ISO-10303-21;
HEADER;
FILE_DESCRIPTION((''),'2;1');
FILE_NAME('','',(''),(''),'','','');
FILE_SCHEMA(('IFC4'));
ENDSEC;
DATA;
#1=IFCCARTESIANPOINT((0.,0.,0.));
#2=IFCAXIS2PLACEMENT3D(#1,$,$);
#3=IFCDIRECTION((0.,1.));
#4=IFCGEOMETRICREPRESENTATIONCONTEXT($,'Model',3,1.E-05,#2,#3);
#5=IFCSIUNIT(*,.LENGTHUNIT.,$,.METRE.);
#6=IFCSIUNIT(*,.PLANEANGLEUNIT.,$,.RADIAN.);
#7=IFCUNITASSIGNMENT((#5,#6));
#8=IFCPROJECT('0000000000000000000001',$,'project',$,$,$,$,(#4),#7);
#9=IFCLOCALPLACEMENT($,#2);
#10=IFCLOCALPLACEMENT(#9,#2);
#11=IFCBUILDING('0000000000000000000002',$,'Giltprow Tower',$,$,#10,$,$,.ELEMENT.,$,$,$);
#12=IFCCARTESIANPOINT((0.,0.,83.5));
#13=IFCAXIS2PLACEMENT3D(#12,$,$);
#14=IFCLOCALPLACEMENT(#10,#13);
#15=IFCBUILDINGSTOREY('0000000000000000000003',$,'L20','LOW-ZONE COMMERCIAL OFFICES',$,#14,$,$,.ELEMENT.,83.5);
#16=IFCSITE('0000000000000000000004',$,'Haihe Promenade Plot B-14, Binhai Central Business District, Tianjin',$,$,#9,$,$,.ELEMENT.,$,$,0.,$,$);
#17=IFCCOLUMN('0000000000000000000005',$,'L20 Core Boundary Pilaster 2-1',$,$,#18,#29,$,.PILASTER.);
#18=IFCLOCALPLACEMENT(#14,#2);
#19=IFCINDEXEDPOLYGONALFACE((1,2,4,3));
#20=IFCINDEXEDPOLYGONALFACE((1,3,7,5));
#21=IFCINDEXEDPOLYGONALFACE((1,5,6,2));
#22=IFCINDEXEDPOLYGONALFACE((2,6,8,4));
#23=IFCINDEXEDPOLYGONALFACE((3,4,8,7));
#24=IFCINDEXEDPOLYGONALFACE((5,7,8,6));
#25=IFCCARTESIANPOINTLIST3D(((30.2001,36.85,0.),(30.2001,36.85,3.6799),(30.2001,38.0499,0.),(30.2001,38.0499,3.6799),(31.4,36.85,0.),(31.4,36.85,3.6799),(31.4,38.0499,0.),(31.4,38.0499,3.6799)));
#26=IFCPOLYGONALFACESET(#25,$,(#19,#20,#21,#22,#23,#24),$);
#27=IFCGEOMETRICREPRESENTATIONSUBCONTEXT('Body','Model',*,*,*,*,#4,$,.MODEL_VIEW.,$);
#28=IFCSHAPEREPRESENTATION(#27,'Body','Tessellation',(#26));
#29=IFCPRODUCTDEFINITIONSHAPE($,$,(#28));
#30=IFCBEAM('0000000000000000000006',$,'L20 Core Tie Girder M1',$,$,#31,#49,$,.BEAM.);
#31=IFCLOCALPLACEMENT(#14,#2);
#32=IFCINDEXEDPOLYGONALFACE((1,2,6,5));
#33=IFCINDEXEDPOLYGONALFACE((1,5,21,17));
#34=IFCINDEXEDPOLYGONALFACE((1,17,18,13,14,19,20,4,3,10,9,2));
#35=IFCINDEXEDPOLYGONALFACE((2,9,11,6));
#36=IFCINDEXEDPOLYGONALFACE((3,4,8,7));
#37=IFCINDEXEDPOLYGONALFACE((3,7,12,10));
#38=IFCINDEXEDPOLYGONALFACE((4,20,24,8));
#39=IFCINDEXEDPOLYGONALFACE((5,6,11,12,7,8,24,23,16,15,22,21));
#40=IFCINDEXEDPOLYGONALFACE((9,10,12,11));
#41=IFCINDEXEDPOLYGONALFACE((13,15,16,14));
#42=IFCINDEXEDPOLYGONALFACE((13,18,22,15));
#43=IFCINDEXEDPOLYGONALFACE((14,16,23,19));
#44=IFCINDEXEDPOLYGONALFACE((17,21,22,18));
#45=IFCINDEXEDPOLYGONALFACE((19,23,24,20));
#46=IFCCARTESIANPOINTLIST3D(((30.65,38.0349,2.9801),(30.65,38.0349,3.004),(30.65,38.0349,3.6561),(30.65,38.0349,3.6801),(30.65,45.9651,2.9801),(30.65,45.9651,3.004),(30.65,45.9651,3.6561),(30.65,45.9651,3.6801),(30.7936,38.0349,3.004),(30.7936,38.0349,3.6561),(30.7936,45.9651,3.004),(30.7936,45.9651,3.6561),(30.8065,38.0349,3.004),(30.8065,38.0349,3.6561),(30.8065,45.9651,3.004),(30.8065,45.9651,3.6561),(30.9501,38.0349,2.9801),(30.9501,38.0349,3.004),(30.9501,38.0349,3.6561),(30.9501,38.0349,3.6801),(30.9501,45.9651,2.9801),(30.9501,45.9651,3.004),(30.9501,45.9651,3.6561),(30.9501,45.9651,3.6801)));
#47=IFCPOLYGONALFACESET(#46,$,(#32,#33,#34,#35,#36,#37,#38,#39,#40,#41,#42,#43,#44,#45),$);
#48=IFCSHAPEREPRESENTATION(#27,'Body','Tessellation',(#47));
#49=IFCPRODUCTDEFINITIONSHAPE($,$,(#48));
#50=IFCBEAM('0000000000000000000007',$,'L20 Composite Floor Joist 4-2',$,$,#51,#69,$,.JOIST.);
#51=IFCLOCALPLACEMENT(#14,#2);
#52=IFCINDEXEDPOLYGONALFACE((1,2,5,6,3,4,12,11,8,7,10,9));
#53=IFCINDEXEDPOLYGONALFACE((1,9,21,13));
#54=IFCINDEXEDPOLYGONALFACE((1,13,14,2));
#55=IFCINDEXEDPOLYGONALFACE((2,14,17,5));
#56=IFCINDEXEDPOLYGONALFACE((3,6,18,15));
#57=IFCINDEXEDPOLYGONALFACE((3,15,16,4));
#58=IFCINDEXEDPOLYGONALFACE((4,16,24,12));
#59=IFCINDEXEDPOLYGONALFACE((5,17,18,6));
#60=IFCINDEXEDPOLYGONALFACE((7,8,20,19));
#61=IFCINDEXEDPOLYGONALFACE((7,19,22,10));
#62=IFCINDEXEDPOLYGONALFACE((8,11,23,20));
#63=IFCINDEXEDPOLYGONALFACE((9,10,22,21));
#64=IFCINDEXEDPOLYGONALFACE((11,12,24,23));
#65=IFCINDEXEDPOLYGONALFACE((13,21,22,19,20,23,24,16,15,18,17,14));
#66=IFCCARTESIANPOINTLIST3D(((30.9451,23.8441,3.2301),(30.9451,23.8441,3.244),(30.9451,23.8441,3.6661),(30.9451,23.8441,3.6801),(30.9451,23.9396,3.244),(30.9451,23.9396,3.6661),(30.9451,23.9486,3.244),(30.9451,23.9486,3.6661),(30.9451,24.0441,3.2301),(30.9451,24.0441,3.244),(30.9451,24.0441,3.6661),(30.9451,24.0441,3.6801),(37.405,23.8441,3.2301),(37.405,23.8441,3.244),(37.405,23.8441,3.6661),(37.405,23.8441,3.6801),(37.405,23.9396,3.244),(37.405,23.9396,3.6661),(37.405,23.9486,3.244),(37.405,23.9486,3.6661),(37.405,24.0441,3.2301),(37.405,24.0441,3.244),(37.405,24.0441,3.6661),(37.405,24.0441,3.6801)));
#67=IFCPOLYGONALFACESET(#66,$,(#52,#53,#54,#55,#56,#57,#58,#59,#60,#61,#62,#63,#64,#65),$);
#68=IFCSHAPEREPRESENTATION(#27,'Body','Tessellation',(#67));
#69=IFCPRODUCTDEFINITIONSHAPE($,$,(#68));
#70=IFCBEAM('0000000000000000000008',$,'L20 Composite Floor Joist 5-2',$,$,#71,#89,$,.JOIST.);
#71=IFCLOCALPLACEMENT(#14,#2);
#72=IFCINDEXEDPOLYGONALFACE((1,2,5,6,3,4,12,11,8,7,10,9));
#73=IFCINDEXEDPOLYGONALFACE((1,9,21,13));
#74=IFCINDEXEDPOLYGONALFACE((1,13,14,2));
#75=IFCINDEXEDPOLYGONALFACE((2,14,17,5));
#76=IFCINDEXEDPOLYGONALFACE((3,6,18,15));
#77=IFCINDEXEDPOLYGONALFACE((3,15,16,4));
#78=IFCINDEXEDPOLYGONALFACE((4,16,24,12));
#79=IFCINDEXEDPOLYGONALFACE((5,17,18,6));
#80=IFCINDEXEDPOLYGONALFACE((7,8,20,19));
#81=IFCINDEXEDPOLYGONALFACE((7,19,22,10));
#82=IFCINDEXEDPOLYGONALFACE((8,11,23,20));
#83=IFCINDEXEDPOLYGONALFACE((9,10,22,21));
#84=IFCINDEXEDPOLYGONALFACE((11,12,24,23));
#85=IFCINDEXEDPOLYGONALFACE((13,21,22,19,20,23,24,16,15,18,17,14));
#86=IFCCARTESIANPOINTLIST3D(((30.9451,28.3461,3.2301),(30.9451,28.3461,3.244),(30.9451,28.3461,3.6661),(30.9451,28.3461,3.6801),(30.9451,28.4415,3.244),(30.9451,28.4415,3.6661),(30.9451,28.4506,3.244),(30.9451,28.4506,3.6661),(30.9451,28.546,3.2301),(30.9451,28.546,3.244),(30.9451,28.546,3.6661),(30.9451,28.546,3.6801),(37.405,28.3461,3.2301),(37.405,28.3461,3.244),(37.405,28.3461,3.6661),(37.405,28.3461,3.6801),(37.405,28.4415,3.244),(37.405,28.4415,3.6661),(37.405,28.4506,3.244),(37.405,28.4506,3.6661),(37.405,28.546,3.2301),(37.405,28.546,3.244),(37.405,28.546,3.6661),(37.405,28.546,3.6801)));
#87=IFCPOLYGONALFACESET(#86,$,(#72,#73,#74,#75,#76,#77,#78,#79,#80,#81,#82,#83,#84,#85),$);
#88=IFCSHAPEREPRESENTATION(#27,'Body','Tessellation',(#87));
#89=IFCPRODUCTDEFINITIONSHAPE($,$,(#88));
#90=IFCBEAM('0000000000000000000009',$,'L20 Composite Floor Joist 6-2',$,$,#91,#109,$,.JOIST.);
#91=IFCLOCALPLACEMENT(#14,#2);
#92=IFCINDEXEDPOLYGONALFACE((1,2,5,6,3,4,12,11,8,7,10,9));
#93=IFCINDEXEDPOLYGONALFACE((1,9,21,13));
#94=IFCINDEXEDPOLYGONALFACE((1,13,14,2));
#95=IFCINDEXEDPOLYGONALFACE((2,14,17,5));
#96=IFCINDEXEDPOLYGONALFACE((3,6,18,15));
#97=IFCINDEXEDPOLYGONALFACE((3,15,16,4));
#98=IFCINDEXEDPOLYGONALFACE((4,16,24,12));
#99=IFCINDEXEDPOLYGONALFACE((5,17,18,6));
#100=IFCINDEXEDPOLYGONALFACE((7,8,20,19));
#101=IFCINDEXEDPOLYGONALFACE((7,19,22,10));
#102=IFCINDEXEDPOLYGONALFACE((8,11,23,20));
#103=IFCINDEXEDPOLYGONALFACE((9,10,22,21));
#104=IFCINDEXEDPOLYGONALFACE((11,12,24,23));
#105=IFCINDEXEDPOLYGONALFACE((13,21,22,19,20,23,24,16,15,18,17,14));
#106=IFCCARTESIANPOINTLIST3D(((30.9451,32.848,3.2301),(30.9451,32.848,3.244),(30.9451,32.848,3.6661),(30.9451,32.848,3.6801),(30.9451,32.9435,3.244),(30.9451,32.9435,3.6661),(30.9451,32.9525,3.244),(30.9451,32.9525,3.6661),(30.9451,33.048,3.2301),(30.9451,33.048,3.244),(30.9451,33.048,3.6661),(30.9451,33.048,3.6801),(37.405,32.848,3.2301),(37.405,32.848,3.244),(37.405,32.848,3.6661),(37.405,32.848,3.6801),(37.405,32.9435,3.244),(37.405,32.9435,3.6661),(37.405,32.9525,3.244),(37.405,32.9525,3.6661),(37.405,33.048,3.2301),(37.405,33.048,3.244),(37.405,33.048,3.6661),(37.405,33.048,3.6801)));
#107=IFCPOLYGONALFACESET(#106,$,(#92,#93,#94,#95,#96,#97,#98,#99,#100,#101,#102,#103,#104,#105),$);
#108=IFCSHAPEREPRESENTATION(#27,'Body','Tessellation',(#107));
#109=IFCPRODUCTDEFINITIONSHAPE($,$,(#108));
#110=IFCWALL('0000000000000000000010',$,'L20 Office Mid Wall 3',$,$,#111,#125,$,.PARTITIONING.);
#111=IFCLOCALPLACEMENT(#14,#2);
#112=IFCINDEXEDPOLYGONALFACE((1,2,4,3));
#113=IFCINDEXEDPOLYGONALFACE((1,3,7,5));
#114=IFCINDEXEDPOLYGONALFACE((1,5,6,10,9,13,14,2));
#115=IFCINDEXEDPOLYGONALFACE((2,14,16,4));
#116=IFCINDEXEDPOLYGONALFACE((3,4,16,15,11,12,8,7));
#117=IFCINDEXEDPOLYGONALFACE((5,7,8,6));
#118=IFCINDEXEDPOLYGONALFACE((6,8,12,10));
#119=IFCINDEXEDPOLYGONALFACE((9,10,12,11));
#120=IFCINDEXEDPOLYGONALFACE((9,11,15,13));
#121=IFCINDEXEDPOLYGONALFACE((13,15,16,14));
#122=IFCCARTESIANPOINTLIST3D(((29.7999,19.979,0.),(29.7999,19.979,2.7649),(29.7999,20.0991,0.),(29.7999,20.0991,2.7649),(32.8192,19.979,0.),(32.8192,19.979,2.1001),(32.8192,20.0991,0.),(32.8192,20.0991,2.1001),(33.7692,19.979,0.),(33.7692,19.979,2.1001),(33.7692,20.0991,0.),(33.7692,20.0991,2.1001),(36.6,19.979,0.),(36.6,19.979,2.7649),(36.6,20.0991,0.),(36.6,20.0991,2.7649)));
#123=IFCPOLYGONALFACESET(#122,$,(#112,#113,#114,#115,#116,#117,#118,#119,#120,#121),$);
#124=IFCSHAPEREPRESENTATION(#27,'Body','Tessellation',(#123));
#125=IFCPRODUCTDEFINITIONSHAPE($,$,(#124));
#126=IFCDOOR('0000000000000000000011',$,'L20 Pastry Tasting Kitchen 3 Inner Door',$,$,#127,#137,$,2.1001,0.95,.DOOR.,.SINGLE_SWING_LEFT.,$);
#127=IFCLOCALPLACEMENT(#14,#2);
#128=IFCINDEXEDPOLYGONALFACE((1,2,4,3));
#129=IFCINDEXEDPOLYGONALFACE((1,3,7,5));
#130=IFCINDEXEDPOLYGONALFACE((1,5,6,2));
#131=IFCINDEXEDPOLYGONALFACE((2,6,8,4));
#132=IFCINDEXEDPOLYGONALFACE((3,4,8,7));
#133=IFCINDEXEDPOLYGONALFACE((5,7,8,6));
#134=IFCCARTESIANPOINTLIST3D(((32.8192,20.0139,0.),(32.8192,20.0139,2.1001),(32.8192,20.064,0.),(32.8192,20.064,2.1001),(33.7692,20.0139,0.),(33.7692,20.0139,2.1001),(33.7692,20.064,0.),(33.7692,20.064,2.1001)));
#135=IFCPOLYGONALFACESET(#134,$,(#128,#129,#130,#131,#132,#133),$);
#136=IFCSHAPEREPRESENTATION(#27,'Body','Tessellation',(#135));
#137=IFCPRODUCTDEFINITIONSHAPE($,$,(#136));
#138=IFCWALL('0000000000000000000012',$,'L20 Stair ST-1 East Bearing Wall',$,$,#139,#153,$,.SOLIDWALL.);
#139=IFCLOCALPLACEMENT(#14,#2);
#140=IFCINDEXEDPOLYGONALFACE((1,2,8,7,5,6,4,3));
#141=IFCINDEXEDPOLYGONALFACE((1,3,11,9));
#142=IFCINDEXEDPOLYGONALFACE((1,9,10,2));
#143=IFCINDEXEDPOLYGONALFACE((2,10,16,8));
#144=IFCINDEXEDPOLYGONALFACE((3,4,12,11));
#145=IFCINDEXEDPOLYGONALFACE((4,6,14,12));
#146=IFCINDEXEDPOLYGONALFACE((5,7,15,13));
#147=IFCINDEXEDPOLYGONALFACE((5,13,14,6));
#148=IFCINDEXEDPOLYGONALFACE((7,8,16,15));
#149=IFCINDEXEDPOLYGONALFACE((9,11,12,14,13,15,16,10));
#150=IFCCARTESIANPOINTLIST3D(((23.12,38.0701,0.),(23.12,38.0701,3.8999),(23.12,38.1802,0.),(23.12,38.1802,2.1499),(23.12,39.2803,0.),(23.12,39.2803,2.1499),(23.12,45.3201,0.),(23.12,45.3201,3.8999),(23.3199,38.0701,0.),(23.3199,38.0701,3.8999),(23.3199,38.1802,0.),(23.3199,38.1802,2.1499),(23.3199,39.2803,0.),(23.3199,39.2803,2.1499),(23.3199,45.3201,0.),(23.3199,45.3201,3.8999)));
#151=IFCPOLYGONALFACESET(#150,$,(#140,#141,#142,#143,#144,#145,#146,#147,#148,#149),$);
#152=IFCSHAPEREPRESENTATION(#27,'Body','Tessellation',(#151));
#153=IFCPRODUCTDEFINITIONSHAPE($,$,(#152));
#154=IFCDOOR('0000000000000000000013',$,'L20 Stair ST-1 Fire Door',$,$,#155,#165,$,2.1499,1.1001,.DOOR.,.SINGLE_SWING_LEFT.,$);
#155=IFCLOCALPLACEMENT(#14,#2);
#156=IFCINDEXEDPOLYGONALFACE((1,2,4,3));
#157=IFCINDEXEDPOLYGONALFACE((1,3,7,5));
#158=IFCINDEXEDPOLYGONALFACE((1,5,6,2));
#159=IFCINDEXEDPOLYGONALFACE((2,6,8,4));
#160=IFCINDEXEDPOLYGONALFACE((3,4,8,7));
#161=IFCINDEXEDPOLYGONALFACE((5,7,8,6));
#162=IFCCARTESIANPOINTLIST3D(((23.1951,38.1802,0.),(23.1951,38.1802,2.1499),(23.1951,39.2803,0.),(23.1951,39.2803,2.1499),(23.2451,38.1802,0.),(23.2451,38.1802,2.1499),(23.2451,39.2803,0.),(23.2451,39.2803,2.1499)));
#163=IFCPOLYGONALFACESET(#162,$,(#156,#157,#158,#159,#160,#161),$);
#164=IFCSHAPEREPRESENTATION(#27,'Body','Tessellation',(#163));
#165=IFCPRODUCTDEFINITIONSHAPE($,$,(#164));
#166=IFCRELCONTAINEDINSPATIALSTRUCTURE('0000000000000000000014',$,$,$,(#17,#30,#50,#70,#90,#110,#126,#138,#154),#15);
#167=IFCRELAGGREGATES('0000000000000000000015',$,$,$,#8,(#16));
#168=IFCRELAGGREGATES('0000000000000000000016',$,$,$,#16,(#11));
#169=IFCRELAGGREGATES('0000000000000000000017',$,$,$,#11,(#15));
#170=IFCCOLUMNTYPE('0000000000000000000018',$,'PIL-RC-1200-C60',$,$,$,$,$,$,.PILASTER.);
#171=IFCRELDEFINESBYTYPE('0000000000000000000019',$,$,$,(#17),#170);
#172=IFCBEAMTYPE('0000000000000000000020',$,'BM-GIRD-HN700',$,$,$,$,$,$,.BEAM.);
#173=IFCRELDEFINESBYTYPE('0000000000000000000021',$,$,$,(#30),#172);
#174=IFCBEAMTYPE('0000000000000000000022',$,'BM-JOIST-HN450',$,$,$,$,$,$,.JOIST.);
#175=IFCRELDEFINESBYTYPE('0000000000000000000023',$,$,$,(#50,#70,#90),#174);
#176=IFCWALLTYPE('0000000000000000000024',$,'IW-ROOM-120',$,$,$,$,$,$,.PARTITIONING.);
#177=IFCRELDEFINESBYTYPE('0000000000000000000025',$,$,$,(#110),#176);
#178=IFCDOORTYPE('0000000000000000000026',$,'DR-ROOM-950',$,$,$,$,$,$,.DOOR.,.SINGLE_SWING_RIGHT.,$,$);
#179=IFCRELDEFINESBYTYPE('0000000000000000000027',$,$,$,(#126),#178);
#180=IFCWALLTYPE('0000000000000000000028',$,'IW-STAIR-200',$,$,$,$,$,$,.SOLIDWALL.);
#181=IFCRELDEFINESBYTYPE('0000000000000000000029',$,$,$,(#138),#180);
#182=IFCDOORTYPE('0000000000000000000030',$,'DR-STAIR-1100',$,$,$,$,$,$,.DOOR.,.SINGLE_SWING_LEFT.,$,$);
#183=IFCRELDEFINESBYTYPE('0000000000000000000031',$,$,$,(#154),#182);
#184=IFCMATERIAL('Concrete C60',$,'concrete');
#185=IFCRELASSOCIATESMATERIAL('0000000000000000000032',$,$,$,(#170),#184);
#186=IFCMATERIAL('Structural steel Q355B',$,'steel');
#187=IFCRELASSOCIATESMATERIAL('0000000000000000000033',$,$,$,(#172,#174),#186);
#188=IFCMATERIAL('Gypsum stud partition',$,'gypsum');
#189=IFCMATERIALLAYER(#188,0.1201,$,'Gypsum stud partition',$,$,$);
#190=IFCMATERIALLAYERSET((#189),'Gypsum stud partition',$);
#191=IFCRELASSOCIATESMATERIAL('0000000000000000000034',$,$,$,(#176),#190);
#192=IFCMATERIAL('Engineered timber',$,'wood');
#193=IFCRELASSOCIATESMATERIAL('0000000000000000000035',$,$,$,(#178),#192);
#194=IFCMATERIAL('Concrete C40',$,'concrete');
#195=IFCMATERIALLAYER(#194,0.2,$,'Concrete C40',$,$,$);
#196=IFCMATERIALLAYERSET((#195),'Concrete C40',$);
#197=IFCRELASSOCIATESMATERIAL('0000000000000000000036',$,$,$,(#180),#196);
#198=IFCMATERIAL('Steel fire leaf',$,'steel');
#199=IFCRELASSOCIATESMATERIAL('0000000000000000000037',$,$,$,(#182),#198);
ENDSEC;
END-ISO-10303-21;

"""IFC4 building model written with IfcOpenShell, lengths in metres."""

from ifc_helpers import new_model, si_unit, direction, frame, frame_2d, origin, origin_2d, place, context, subcontext, project, spatial, rectangle, i_section, extrude, source, transform, mapped, material, layer, layer_set, material_profile, profile_set, type_object, element, fill, save


model = new_model("IFC4")

# Units and contexts
model_context = context("Model", 3, precision=1e-05, world=origin(), true_north=direction((0.0, 1.0)))
body_context = subcontext(model_context, "Body", "Model", "MODEL_VIEW")
ifc_project = project(units=[si_unit("LENGTHUNIT", "METRE"), si_unit("PLANEANGLEUNIT", "RADIAN")], contexts=[model_context])

# Site, building, storey
site_placement = place(None, origin())
site = spatial("IfcSite", under=ifc_project, at=site_placement, Name="Haihe Promenade Plot B-14, Binhai Central Business District, Tianjin", CompositionType="ELEMENT", RefElevation=0.0)
building_placement = place(site_placement, origin())
building = spatial("IfcBuilding", under=site, at=building_placement, Name="Giltprow Tower", CompositionType="ELEMENT")
storey_placement = place(building_placement, frame((0.0, 0.0, 83.5)))
storey = spatial("IfcBuildingStorey", under=building, at=storey_placement, Name="L20", Description="LOW-ZONE COMMERCIAL OFFICES", CompositionType="ELEMENT", Elevation=83.5)

# Column
ifc_material_1 = material(Name="Concrete C60", Category="concrete")
ifc_material_profile_1 = material_profile(ifc_material_1, rectangle(XDim=1.2, YDim=1.2, at=origin_2d()), Name="RC 1200x1200")
ifc_profile_set_1 = profile_set([ifc_material_profile_1], Name="Concrete C60")
column_type = type_object("IfcColumnType", Name="PIL-RC-1200-C60", PredefinedType="PILASTER", material=ifc_profile_set_1)
shared_shape_1 = source(origin(), body_context, "Body", "SweptSolid", [
    extrude(rectangle(XDim=1.2, YDim=1.2, at=origin_2d()), origin(), (0.0, 0.0, 1.0), 3.6799),
])
column_placement = place(storey_placement, frame((30.8, 37.45, 0.0), z_axis=(0.0, 0.0, 1.0), x_axis=(1.0, 0.0, 0.0)))
element("IfcColumn", 1, at=column_placement, inside=storey, type_object=column_type, Name="L20 Core Boundary Pilaster 2-1", PredefinedType="PILASTER", context=body_context, shape_type="MappedRepresentation", body=[
    mapped(shared_shape_1, transform((0.0, 0.0, 0.0), x_axis=(1.0, 0.0, 0.0), y_axis=(0.0, 1.0, 0.0), z_axis=(0.0, 0.0, 1.0), scale=1.0)),
])

# Beams
ifc_material_2 = material(Name="Structural steel Q355B", Category="steel")
ifc_material_profile_2 = material_profile(ifc_material_2, i_section(OverallWidth=0.3, OverallDepth=0.7, WebThickness=0.0129, FlangeThickness=0.0239, at=origin_2d()), Name="HN 700x300x13x24")
ifc_profile_set_2 = profile_set([ifc_material_profile_2], Name="Structural steel Q355B")
beam_type_1 = type_object("IfcBeamType", Name="BM-GIRD-HN700", PredefinedType="BEAM", material=ifc_profile_set_2)
shared_shape_2 = source(origin(), body_context, "Body", "SweptSolid", [
    extrude(i_section(OverallWidth=0.3, OverallDepth=0.7, WebThickness=0.0129, FlangeThickness=0.0239, at=origin_2d()), origin(), (0.0, 0.0, 1.0), 7.9302),
])
beam_placement = place(storey_placement, frame((30.8, 38.0349, 3.3301), z_axis=(0.0, 1.0, 0.0), x_axis=(-1.0, 0.0, 0.0)))
element("IfcBeam", 2, at=beam_placement, inside=storey, type_object=beam_type_1, Name="L20 Core Tie Girder M1", PredefinedType="BEAM", context=body_context, shape_type="MappedRepresentation", body=[
    mapped(shared_shape_2, transform((0.0, 0.0, 0.0), x_axis=(1.0, 0.0, 0.0), y_axis=(0.0, 1.0, 0.0), z_axis=(0.0, 0.0, 1.0), scale=1.0)),
])
ifc_material_profile_3 = material_profile(ifc_material_2, i_section(OverallWidth=0.2, OverallDepth=0.45, WebThickness=0.009, FlangeThickness=0.0139, at=origin_2d()), Name="HN 450x200x9x14")
ifc_profile_set_3 = profile_set([ifc_material_profile_3], Name="Structural steel Q355B")
beam_type_2 = type_object("IfcBeamType", Name="BM-JOIST-HN450", PredefinedType="JOIST", material=ifc_profile_set_3)
shared_shape_3 = source(origin(), body_context, "Body", "SweptSolid", [
    extrude(i_section(OverallWidth=0.2, OverallDepth=0.45, WebThickness=0.009, FlangeThickness=0.0139, at=origin_2d()), origin(), (0.0, 0.0, 1.0), 6.46),
])
for number, where, z_axis, x_axis, name in (
    (3, (30.9451, 23.9441, 3.4551), (1.0, 0.0, 0.0), (0.0, 1.0, 0.0), "L20 Composite Floor Joist 4-2"),
    (4, (30.9451, 28.446, 3.4551), (1.0, 0.0, 0.0), (0.0, 1.0, 0.0), "L20 Composite Floor Joist 5-2"),
    (5, (30.9451, 32.948, 3.4551), (1.0, 0.0, 0.0), (0.0, 1.0, 0.0), "L20 Composite Floor Joist 6-2"),
):
    element("IfcBeam", number, at=place(storey_placement, frame(where, z_axis=z_axis, x_axis=x_axis)), inside=storey, type_object=beam_type_2, Name=name, PredefinedType="JOIST", context=body_context, shape_type="MappedRepresentation", body=[
        mapped(shared_shape_3, transform((0.0, 0.0, 0.0), x_axis=(1.0, 0.0, 0.0), y_axis=(0.0, 1.0, 0.0), z_axis=(0.0, 0.0, 1.0), scale=1.0)),
    ])

# Walls, openings, doors
ifc_material_3 = material(Name="Gypsum stud partition", Category="gypsum")
ifc_layer_1 = layer(ifc_material_3, 0.1201, Name="Gypsum stud partition")
ifc_layer_set_1 = layer_set([ifc_layer_1], Name="Gypsum stud partition")
wall_type_1 = type_object("IfcWallType", Name="IW-ROOM-120", PredefinedType="PARTITIONING", material=ifc_layer_set_1)
wall_1_placement = place(storey_placement, frame((29.8, 20.0391, 0.0), z_axis=(0.0, 0.0, 1.0), x_axis=(1.0, 0.0, 0.0)))
wall_1 = element("IfcWall", 6, at=wall_1_placement, inside=storey, type_object=wall_type_1, Name="L20 Office Mid Wall 3", PredefinedType="PARTITIONING", context=body_context, shape_type="SweptSolid", body=[
    extrude(rectangle(XDim=6.8, YDim=0.1201, at=frame_2d((3.3999, 0.0))), origin(), (0.0, 0.0, 1.0), 2.7649),
])
opening_1_placement = place(wall_1_placement, frame((3.019, 0.0, 0.0)))
opening_1 = element("IfcOpeningElement", 7, at=opening_1_placement, cuts=wall_1, PredefinedType="OPENING", context=body_context, shape_type="SweptSolid", body=[
    extrude(rectangle(XDim=0.95, YDim=2.1001, at=frame_2d((0.4751, 1.05))), frame((0.0, 0.0701, 0.0), z_axis=(0.0, -1.0, 0.0), x_axis=(1.0, 0.0, 0.0)), (0.0, 0.0, 1.0), 0.1401),
])
ifc_material_4 = material(Name="Engineered timber", Category="wood")
door_type_1 = type_object("IfcDoorType", Name="DR-ROOM-950", OperationType="SINGLE_SWING_RIGHT", PredefinedType="DOOR", material=ifc_material_4)
shared_shape_4 = source(origin(), body_context, "Body", "SweptSolid", [
    extrude(rectangle(XDim=0.95, YDim=2.1001, at=frame_2d((0.4751, 1.05))), frame((0.0, 0.0249, 0.0), z_axis=(0.0, -1.0, 0.0), x_axis=(1.0, 0.0, 0.0)), (0.0, 0.0, 1.0), 0.05),
])
door_1_placement = place(opening_1_placement, origin())
door_1 = element("IfcDoor", 8, at=door_1_placement, inside=storey, type_object=door_type_1, Name="L20 Pastry Tasting Kitchen 3 Inner Door", OperationType="SINGLE_SWING_LEFT", OverallHeight=2.1001, OverallWidth=0.95, PredefinedType="DOOR", context=body_context, shape_type="MappedRepresentation", body=[
    mapped(shared_shape_4, transform((0.0, 0.0, 0.0), x_axis=(1.0, 0.0, 0.0), y_axis=(0.0, 1.0, 0.0), z_axis=(0.0, 0.0, 1.0), scale=1.0)),
])
fill(opening_1, door_1)
ifc_material_5 = material(Name="Concrete C40", Category="concrete")
ifc_layer_2 = layer(ifc_material_5, 0.2, Name="Concrete C40")
ifc_layer_set_2 = layer_set([ifc_layer_2], Name="Concrete C40")
wall_type_2 = type_object("IfcWallType", Name="IW-STAIR-200", PredefinedType="SOLIDWALL", material=ifc_layer_set_2)
wall_2_placement = place(storey_placement, frame((23.22, 38.0701, 0.0), z_axis=(0.0, 0.0, 1.0), x_axis=(0.0, 1.0, 0.0)))
wall_2 = element("IfcWall", 9, at=wall_2_placement, inside=storey, type_object=wall_type_2, Name="L20 Stair ST-1 East Bearing Wall", PredefinedType="SOLIDWALL", context=body_context, shape_type="SweptSolid", body=[
    extrude(rectangle(XDim=7.25, YDim=0.2, at=frame_2d((3.625, 0.0))), origin(), (0.0, 0.0, 1.0), 3.8999),
])
opening_2_placement = place(wall_2_placement, frame((0.1101, 0.0, 0.0)))
opening_2 = element("IfcOpeningElement", 10, at=opening_2_placement, cuts=wall_2, PredefinedType="OPENING", context=body_context, shape_type="SweptSolid", body=[
    extrude(rectangle(XDim=1.1001, YDim=2.1499, at=frame_2d((0.55, 1.075))), frame((0.0, 0.1099, 0.0), z_axis=(0.0, -1.0, 0.0), x_axis=(1.0, 0.0, 0.0)), (0.0, 0.0, 1.0), 0.22),
])
ifc_material_6 = material(Name="Steel fire leaf", Category="steel")
door_type_2 = type_object("IfcDoorType", Name="DR-STAIR-1100", OperationType="SINGLE_SWING_LEFT", PredefinedType="DOOR", material=ifc_material_6)
shared_shape_5 = source(origin(), body_context, "Body", "SweptSolid", [
    extrude(rectangle(XDim=1.1001, YDim=2.1499, at=frame_2d((0.55, 1.075))), frame((0.0, 0.0249, 0.0), z_axis=(0.0, -1.0, 0.0), x_axis=(1.0, 0.0, 0.0)), (0.0, 0.0, 1.0), 0.05),
])
door_2_placement = place(opening_2_placement, origin())
door_2 = element("IfcDoor", 11, at=door_2_placement, inside=storey, type_object=door_type_2, Name="L20 Stair ST-1 Fire Door", OperationType="SINGLE_SWING_LEFT", OverallHeight=2.1499, OverallWidth=1.1001, PredefinedType="DOOR", context=body_context, shape_type="MappedRepresentation", body=[
    mapped(shared_shape_5, transform((0.0, 0.0, 0.0), x_axis=(1.0, 0.0, 0.0), y_axis=(0.0, 1.0, 0.0), z_axis=(0.0, 0.0, 1.0), scale=1.0)),
])
fill(opening_2, door_2)

save(model, "model.ifc")
